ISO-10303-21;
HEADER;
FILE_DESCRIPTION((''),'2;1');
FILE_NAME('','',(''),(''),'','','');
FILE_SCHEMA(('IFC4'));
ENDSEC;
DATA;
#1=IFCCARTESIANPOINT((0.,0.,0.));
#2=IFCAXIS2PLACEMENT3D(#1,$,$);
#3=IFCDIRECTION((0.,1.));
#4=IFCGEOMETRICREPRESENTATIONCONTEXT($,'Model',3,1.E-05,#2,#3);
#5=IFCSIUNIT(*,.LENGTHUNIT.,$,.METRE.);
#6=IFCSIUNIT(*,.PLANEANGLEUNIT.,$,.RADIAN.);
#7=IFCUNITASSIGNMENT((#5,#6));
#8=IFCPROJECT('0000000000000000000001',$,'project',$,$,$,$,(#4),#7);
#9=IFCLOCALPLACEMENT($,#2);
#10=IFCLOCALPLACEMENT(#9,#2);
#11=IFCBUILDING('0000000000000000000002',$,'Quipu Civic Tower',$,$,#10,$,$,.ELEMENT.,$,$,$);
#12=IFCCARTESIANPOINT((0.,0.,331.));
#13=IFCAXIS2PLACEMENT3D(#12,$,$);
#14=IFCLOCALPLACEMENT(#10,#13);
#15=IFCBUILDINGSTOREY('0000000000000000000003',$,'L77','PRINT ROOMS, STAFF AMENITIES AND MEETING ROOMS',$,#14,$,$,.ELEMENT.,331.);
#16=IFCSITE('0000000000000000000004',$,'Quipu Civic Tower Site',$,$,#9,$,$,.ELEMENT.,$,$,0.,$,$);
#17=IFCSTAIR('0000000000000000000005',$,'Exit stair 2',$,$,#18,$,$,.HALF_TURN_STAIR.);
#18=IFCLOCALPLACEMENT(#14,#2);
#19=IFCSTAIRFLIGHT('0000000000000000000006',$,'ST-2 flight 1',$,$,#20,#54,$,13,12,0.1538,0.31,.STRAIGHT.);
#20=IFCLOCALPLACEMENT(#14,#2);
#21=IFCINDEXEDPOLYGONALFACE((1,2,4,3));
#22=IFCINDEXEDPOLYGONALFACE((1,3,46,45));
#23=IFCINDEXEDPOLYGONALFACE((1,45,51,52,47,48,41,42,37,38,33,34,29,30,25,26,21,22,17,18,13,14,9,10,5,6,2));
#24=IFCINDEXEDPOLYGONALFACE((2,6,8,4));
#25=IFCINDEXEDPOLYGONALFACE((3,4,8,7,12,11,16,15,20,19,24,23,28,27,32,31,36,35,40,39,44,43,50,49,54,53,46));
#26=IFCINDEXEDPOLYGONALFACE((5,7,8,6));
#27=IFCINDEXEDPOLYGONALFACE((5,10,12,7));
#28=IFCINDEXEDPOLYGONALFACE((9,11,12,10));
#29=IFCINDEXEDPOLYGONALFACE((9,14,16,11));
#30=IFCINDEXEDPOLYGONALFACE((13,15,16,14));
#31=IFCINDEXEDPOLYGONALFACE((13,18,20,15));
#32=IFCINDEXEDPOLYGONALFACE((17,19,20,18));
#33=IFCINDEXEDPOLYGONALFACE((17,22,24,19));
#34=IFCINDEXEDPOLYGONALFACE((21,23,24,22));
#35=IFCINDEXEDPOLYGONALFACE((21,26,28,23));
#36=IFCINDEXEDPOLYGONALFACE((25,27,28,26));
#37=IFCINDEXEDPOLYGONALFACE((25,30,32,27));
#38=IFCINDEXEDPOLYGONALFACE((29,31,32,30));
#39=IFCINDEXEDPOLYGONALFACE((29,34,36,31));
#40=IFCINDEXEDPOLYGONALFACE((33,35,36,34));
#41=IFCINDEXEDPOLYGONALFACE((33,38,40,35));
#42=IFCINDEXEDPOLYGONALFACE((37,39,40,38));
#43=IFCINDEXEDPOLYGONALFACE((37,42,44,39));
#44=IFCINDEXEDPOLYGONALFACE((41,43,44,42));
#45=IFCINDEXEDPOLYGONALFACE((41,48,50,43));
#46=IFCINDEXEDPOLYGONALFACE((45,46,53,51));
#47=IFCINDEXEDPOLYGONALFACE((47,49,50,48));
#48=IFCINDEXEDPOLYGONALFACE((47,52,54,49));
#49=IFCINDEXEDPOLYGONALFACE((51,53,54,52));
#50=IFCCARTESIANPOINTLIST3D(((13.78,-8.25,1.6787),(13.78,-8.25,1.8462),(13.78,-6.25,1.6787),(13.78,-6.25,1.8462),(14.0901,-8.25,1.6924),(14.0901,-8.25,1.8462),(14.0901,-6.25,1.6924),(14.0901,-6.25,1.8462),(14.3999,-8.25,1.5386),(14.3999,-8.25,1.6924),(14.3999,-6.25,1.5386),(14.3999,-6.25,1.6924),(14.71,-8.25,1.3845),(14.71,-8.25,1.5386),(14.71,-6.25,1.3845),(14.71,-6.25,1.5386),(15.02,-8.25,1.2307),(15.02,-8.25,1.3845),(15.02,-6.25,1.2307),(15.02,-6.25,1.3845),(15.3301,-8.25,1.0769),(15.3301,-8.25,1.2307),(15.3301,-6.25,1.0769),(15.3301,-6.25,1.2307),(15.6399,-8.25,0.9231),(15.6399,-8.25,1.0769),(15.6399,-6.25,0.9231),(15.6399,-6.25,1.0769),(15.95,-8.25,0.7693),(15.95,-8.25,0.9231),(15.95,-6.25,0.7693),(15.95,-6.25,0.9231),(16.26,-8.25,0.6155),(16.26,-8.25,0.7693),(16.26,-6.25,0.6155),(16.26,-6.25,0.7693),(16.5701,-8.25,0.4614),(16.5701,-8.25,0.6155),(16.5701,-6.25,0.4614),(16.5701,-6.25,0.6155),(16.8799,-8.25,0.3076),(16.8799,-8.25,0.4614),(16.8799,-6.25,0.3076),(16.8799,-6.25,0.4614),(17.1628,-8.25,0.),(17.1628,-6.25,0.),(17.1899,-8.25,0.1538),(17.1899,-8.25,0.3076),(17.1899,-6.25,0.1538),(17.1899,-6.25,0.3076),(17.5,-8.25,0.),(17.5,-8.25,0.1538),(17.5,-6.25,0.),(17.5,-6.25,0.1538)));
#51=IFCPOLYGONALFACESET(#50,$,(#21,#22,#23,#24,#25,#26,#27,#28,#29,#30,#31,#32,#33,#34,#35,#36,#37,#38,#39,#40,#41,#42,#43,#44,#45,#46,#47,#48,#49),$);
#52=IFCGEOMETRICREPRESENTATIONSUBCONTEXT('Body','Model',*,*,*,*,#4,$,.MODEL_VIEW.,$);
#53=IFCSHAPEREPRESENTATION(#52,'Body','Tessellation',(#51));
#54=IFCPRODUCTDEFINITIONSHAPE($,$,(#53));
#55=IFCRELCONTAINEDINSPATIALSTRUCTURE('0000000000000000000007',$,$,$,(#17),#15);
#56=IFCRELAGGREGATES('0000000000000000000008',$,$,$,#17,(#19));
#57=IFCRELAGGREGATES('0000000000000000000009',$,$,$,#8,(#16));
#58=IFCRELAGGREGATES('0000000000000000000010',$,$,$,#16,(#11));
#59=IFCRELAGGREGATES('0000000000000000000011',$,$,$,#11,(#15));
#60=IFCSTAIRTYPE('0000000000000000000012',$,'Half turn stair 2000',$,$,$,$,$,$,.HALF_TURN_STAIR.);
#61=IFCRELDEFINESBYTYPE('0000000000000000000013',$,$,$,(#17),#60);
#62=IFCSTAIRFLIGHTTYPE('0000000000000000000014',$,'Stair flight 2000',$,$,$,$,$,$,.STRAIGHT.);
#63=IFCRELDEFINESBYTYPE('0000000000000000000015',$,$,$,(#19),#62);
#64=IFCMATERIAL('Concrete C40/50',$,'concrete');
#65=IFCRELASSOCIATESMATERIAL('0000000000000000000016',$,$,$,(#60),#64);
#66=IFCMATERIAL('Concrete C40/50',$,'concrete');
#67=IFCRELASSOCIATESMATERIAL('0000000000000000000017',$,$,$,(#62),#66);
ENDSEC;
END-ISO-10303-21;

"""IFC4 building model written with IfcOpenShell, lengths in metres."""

from ifc_helpers import new_model, si_unit, direction, frame, origin, place, context, subcontext, project, spatial, polyline, outline, extrude, material, type_object, element, aggregate, save


model = new_model("IFC4")

# Units and contexts
model_context = context("Model", 3, precision=1e-05, world=origin(), true_north=direction((0.0, 1.0)))
body_context = subcontext(model_context, "Body", "Model", "MODEL_VIEW")
ifc_project = project(units=[si_unit("LENGTHUNIT", "METRE"), si_unit("PLANEANGLEUNIT", "RADIAN")], contexts=[model_context])

# Site, building, storey
site_placement = place(None, origin())
site = spatial("IfcSite", under=ifc_project, at=site_placement, Name="Quipu Civic Tower Site", CompositionType="ELEMENT", RefElevation=0.0)
building_placement = place(site_placement, origin())
building = spatial("IfcBuilding", under=site, at=building_placement, Name="Quipu Civic Tower", CompositionType="ELEMENT")
storey_placement = place(building_placement, frame((0.0, 0.0, 331.0)))
storey = spatial("IfcBuildingStorey", under=building, at=storey_placement, Name="L77", Description="PRINT ROOMS, STAFF AMENITIES AND MEETING ROOMS", CompositionType="ELEMENT", Elevation=331.0)

# Stair, stair flight
ifc_material_1 = material(Name="Concrete C40/50", Category="concrete")
stair_type = type_object("IfcStairType", Name="Half turn stair 2000", PredefinedType="HALF_TURN_STAIR", material=ifc_material_1)
stair_placement = place(storey_placement, origin())
stair = element("IfcStair", 1, at=stair_placement, inside=storey, type_object=stair_type, Name="Exit stair 2", PredefinedType="HALF_TURN_STAIR")
ifc_material_2 = material(Name="Concrete C40/50", Category="concrete")
stair_flight_type = type_object("IfcStairFlightType", Name="Stair flight 2000", PredefinedType="STRAIGHT", material=ifc_material_2)
stair_flight_placement = place(storey_placement, frame((17.5, -7.25, 0.0), z_axis=(0.0, 0.0, 1.0), x_axis=(-1.0, 0.0, 0.0)))
stair_flight = element("IfcStairFlight", 2, at=stair_flight_placement, type_object=stair_flight_type, Name="ST-2 flight 1", NumberOfRisers=13, NumberOfTreads=12, PredefinedType="STRAIGHT", RiserHeight=0.1538, TreadLength=0.31, context=body_context, shape_type="SweptSolid", body=[
    extrude(outline(polyline([(0.0, 0.0), (0.0, 0.1538), (0.3101, 0.1538), (0.3101, 0.3076), (0.6201, 0.3076), (0.6201, 0.4614), (0.9299, 0.4614), (0.9299, 0.6155), (1.24, 0.6155), (1.24, 0.7693), (1.55, 0.7693), (1.55, 0.9231), (1.8601, 0.9231), (1.8601, 1.0769), (2.1699, 1.0769), (2.1699, 1.2307), (2.48, 1.2307), (2.48, 1.3845), (2.79, 1.3845), (2.79, 1.5386), (3.1001, 1.5386), (3.1001, 1.6924), (3.4099, 1.6924), (3.4099, 1.8462), (3.72, 1.8462), (3.72, 2.0), (3.72, 1.6787), (0.3372, 0.0), (0.0, 0.0)])), frame((0.0, 1.0, 0.0), z_axis=(0.0, -1.0, 0.0), x_axis=(1.0, 0.0, 0.0)), (0.0, 0.0, 1.0), 2.0),
])
aggregate(stair, [stair_flight])

save(model, "model.ifc")
